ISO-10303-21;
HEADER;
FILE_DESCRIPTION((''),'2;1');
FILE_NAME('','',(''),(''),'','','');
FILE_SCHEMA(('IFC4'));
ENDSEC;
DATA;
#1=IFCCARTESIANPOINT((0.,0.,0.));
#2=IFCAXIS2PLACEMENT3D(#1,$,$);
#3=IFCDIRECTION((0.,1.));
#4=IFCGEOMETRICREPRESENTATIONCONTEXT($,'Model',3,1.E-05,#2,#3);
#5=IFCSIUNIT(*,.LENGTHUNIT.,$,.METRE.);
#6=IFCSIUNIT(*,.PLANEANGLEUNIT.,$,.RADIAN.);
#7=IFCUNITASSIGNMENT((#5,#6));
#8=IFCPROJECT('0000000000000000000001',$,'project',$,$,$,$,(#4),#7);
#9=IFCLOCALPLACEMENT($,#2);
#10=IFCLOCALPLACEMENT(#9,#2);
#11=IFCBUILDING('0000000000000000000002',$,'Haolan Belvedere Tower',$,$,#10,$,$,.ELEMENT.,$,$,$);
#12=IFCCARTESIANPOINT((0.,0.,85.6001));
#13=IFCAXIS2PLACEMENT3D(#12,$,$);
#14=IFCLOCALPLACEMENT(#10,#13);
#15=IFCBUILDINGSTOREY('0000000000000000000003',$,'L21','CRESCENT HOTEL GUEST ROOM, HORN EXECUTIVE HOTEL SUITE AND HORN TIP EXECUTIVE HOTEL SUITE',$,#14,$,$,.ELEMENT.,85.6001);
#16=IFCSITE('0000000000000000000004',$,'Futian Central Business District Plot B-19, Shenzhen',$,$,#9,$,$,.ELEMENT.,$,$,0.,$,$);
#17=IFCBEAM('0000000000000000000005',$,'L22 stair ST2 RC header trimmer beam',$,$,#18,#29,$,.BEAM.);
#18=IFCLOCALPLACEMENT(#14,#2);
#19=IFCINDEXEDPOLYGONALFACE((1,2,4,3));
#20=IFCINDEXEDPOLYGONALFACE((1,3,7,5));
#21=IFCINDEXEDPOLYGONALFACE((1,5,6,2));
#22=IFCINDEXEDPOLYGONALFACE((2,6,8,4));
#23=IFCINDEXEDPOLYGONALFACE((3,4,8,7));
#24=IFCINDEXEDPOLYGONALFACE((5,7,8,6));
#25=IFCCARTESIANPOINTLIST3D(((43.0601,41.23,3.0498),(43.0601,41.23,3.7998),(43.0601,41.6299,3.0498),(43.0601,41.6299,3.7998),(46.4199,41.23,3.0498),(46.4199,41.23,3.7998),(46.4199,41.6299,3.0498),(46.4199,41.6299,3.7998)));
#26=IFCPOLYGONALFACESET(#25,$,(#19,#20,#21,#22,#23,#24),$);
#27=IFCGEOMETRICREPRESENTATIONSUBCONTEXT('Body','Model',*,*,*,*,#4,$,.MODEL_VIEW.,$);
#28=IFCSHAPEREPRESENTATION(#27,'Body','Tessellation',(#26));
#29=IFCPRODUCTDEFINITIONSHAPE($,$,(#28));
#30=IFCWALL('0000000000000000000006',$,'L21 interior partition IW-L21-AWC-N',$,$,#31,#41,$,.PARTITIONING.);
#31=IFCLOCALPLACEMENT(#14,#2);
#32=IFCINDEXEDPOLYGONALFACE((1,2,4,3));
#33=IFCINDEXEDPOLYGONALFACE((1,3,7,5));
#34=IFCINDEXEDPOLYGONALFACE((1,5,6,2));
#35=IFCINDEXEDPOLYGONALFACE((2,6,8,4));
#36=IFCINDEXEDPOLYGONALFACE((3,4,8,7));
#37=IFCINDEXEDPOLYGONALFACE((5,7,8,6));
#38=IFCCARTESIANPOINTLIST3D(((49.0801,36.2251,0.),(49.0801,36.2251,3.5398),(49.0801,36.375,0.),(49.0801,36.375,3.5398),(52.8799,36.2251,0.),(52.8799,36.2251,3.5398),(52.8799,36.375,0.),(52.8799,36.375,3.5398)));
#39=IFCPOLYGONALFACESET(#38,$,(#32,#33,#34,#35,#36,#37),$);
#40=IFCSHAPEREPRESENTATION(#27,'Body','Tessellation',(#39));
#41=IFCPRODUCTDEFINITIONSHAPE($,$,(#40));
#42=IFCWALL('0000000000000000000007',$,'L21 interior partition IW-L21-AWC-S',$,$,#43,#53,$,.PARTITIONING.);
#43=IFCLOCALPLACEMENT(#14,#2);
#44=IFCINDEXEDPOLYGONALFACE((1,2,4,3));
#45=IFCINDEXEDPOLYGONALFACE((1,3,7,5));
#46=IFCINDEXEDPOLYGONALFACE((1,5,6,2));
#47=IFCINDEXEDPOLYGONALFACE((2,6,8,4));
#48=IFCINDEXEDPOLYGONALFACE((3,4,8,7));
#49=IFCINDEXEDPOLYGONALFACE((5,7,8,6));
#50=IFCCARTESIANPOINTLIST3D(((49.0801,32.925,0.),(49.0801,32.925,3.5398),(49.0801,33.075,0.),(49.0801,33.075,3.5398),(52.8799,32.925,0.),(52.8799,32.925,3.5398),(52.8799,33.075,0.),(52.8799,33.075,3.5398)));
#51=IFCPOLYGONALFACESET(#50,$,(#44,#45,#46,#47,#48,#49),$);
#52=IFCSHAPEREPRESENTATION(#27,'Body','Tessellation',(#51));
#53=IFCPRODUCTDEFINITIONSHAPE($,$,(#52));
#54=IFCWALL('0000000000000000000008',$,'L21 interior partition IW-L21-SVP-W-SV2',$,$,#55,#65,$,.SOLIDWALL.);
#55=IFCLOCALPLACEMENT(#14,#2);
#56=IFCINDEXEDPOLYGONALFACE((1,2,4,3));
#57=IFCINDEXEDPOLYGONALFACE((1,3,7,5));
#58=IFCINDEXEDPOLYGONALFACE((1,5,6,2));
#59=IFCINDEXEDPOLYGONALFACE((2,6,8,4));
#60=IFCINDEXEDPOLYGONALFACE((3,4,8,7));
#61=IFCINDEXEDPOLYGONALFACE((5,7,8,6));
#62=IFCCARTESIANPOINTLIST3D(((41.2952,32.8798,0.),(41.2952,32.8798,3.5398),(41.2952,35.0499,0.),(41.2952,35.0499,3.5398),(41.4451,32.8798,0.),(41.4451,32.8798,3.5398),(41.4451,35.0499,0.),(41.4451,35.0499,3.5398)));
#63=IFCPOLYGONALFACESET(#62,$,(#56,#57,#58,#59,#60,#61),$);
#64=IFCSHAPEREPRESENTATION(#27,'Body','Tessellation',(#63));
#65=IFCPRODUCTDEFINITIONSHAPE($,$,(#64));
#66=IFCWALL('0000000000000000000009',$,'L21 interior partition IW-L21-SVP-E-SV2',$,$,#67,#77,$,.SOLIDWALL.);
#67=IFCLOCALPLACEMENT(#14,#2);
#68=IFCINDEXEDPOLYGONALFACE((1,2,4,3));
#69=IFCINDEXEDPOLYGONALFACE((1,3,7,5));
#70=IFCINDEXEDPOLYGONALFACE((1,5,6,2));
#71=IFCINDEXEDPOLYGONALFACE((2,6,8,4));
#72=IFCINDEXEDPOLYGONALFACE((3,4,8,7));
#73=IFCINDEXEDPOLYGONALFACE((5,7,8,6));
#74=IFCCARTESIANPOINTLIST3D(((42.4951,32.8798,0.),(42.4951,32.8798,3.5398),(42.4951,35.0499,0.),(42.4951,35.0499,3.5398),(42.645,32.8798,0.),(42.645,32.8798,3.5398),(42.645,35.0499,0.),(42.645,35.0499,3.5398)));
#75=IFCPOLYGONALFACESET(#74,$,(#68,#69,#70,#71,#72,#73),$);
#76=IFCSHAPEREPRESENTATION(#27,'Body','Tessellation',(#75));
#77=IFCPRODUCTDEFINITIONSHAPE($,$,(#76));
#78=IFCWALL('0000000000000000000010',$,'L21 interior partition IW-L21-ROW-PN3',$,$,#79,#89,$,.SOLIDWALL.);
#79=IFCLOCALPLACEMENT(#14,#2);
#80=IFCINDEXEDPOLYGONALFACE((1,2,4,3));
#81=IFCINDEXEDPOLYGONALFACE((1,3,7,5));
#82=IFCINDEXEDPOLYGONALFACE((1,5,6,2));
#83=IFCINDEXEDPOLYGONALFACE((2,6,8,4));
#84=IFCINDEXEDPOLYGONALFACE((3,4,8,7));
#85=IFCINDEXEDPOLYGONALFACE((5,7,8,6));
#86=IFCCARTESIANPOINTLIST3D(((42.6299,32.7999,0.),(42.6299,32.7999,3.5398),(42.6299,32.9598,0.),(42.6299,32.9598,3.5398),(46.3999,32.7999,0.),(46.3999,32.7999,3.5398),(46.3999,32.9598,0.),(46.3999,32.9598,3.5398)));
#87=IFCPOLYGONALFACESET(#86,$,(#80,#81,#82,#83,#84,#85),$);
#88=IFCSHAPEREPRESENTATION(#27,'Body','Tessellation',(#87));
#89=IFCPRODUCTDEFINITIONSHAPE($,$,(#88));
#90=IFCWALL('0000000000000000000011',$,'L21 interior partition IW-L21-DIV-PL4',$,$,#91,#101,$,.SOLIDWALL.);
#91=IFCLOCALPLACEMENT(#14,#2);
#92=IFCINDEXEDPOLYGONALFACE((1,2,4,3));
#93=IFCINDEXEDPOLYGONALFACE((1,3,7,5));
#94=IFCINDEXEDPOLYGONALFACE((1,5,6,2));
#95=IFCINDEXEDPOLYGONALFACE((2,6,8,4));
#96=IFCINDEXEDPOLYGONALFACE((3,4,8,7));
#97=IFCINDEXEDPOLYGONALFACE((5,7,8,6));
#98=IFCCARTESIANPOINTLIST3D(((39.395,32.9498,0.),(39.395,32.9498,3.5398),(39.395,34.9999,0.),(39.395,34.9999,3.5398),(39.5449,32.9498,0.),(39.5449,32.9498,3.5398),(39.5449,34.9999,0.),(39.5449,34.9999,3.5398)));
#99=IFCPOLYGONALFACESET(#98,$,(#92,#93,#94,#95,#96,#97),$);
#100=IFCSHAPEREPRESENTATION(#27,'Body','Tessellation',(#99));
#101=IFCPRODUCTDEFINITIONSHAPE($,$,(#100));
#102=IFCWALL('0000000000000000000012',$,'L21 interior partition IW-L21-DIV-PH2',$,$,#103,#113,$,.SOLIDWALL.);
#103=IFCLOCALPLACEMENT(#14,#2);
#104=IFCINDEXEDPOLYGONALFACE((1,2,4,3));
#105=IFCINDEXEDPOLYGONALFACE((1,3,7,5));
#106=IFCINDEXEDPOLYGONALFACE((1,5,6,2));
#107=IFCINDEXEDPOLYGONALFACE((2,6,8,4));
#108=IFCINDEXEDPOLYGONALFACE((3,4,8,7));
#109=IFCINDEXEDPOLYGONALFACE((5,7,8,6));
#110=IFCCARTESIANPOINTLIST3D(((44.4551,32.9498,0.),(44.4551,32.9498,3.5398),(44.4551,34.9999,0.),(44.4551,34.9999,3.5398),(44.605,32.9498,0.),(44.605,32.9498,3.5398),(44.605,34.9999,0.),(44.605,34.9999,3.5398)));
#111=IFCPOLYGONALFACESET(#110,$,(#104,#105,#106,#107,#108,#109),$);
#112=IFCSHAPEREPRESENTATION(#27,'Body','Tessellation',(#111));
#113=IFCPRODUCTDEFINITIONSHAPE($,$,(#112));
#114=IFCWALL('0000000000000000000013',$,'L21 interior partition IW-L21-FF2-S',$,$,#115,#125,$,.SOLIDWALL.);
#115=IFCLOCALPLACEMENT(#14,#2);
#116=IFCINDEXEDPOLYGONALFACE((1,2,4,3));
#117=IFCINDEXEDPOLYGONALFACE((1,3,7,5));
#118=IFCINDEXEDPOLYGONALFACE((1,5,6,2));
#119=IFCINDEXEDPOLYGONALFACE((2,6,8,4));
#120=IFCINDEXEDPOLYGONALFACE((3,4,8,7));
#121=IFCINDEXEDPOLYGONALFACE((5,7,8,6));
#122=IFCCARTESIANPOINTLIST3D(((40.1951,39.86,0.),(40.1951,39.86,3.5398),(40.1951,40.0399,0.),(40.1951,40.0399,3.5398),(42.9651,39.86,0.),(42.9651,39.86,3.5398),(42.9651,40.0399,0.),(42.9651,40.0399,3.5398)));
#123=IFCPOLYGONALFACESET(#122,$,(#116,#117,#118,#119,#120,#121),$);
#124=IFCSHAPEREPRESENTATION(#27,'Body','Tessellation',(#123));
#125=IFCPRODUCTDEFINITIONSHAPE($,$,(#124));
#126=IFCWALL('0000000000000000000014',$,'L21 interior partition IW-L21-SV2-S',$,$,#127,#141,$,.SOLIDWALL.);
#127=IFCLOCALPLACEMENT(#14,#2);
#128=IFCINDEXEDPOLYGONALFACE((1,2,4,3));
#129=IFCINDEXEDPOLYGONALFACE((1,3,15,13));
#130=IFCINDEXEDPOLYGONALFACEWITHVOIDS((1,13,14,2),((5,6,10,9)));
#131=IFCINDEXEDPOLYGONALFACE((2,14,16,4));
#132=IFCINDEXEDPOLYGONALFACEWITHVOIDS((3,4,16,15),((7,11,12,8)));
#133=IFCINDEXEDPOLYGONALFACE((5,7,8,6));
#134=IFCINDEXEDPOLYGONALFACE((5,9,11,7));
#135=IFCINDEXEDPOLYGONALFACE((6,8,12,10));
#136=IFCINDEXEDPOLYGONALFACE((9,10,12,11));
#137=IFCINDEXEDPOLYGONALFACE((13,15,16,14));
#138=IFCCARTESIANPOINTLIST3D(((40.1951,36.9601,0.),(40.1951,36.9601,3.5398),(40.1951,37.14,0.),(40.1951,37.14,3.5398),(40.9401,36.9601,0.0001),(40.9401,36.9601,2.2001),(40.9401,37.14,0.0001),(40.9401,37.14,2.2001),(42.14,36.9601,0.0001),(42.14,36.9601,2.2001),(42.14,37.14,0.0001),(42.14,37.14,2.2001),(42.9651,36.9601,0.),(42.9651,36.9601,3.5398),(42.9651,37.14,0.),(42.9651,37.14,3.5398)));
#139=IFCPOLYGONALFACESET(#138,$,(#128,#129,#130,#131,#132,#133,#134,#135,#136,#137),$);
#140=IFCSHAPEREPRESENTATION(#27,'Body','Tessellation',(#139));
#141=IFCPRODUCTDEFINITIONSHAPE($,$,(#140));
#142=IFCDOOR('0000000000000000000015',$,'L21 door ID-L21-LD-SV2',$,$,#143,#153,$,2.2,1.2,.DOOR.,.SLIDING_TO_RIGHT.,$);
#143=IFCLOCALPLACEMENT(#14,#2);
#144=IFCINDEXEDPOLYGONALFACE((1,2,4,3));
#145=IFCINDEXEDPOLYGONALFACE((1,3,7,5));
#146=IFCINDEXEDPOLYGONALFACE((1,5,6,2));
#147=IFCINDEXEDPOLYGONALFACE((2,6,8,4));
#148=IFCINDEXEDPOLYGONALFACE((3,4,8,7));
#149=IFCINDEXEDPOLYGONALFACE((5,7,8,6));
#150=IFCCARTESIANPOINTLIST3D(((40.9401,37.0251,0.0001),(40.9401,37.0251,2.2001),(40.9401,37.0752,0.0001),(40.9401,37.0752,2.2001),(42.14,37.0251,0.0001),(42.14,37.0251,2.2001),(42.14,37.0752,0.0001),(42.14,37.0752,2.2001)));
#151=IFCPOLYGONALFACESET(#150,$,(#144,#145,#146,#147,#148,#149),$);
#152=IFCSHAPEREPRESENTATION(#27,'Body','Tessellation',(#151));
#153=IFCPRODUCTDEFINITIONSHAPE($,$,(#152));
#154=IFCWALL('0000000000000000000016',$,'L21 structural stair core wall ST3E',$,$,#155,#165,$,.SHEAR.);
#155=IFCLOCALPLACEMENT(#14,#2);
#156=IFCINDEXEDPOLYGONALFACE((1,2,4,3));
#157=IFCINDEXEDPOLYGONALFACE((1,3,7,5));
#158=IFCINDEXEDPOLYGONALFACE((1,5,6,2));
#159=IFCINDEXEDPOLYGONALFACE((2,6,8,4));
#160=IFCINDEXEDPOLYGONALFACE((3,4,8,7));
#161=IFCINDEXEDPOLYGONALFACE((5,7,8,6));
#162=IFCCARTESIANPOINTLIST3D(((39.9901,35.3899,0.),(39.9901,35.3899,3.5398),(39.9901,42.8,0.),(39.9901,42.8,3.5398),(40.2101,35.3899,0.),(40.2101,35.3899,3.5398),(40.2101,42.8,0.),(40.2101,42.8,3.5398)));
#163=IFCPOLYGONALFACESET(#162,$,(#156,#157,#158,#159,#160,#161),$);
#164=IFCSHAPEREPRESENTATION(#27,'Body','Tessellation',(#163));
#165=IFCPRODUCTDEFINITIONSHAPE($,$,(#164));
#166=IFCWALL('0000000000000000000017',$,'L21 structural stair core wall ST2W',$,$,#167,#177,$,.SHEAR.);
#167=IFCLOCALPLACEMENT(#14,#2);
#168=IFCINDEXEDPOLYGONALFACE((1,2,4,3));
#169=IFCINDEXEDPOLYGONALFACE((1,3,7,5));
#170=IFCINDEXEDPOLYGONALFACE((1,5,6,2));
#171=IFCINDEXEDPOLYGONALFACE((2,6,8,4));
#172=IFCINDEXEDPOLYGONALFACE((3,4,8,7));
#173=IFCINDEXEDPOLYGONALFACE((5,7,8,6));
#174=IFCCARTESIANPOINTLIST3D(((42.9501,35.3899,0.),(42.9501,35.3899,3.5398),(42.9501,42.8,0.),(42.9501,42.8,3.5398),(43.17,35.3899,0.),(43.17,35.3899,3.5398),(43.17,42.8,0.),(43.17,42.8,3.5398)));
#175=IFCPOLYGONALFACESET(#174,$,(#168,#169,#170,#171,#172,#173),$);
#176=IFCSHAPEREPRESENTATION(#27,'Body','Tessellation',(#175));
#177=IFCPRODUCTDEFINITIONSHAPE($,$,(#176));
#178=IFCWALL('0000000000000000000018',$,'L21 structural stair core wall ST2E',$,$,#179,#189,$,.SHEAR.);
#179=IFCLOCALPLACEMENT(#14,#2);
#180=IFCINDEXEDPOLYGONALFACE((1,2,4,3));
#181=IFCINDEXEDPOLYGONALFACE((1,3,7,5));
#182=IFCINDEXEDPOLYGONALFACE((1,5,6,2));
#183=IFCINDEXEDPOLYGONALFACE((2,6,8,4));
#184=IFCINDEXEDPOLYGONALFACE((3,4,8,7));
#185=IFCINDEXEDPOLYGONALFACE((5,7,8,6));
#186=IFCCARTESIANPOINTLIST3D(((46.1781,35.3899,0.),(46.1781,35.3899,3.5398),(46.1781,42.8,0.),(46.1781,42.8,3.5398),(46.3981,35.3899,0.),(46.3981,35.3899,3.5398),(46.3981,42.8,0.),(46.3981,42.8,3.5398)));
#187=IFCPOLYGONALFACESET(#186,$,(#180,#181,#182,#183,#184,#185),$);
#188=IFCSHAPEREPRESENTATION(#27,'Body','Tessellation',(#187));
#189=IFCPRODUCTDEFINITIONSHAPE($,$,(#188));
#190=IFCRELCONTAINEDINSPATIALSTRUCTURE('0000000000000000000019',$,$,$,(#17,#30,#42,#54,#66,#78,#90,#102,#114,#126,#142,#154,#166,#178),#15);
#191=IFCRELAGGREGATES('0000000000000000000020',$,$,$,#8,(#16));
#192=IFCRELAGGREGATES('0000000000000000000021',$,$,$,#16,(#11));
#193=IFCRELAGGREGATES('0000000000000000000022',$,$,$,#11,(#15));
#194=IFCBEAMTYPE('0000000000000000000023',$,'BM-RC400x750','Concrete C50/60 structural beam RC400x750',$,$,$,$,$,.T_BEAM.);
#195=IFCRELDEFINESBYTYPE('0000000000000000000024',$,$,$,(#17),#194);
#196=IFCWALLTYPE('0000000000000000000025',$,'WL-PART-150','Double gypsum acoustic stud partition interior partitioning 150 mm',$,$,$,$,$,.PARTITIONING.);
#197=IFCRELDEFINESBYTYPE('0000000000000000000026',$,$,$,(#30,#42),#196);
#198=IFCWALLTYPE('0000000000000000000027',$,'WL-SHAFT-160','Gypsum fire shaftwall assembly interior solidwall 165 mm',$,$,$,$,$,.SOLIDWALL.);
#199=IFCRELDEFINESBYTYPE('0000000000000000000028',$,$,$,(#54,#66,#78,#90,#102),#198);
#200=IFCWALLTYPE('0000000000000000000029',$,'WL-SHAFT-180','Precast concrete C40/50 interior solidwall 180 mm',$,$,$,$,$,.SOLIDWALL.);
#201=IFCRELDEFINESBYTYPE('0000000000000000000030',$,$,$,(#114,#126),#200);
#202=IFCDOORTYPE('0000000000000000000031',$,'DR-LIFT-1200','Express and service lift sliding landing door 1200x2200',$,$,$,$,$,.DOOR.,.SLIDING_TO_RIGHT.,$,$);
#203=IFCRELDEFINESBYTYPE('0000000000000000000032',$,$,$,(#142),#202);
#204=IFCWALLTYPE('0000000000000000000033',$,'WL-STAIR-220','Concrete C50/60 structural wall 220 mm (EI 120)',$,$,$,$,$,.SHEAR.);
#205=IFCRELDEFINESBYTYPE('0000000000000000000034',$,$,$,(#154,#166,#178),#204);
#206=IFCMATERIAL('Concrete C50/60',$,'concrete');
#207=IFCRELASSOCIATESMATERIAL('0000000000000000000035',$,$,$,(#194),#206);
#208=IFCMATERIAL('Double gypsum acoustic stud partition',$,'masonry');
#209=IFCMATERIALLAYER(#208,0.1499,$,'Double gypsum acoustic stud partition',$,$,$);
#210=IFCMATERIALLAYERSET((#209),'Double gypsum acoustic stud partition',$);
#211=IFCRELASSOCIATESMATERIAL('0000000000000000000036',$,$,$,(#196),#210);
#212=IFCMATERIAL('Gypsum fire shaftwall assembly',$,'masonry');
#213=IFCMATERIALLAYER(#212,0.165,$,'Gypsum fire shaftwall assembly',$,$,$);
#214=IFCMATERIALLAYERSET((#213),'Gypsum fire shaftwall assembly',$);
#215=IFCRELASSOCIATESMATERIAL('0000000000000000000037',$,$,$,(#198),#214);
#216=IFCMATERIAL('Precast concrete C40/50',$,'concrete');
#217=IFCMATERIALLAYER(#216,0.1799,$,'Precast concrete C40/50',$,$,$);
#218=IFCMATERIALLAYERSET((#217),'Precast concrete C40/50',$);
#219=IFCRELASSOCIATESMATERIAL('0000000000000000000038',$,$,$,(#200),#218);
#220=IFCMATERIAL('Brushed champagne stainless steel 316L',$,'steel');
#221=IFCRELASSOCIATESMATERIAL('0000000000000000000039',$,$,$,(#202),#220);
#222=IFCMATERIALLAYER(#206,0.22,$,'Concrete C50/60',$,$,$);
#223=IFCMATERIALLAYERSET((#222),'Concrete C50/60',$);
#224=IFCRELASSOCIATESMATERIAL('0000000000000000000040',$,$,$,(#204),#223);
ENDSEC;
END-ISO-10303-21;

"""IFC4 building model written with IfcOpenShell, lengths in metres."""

from ifc_helpers import new_model, si_unit, direction, frame, frame_2d, origin, origin_2d, place, context, subcontext, project, spatial, rectangle, extrude, material, layer, layer_set, material_profile, profile_set, type_object, element, fill, save


model = new_model("IFC4")

# Units and contexts
model_context = context("Model", 3, precision=1e-05, world=origin(), true_north=direction((0.0, 1.0)))
body_context = subcontext(model_context, "Body", "Model", "MODEL_VIEW")
ifc_project = project(units=[si_unit("LENGTHUNIT", "METRE"), si_unit("PLANEANGLEUNIT", "RADIAN")], contexts=[model_context])

# Site, building, storey
site_placement = place(None, origin())
site = spatial("IfcSite", under=ifc_project, at=site_placement, Name="Futian Central Business District Plot B-19, Shenzhen", CompositionType="ELEMENT", RefElevation=0.0)
building_placement = place(site_placement, origin())
building = spatial("IfcBuilding", under=site, at=building_placement, Name="Haolan Belvedere Tower", CompositionType="ELEMENT")
storey_placement = place(building_placement, frame((0.0, 0.0, 85.6001)))
storey = spatial("IfcBuildingStorey", under=building, at=storey_placement, Name="L21", Description="CRESCENT HOTEL GUEST ROOM, HORN EXECUTIVE HOTEL SUITE AND HORN TIP EXECUTIVE HOTEL SUITE", CompositionType="ELEMENT", Elevation=85.6001)

# Beam
ifc_material_1 = material(Name="Concrete C50/60", Category="concrete")
ifc_material_profile = material_profile(ifc_material_1, rectangle(XDim=0.3999, YDim=0.75, at=origin_2d()), Name="Concrete C50/60")
ifc_profile_set = profile_set([ifc_material_profile], Name="Concrete C50/60")
beam_type = type_object("IfcBeamType", Name="BM-RC400x750", Description="Concrete C50/60 structural beam RC400x750", PredefinedType="T_BEAM", material=ifc_profile_set)
beam_placement = place(storey_placement, frame((43.0601, 41.4299, 3.4248), z_axis=(1.0, 0.0, 0.0), x_axis=(0.0, 1.0, 0.0)))
element("IfcBeam", 1, at=beam_placement, inside=storey, type_object=beam_type, Name="L22 stair ST2 RC header trimmer beam", PredefinedType="BEAM", context=body_context, shape_type="SweptSolid", body=[
    extrude(rectangle(XDim=0.3999, YDim=0.75, at=origin_2d()), origin(), (0.0, 0.0, 1.0), 3.3599),
])

# Walls
ifc_material_2 = material(Name="Double gypsum acoustic stud partition", Category="masonry")
ifc_layer_1 = layer(ifc_material_2, 0.1499, Name="Double gypsum acoustic stud partition")
ifc_layer_set_1 = layer_set([ifc_layer_1], Name="Double gypsum acoustic stud partition")
wall_type_1 = type_object("IfcWallType", Name="WL-PART-150", Description="Double gypsum acoustic stud partition interior partitioning 150 mm", PredefinedType="PARTITIONING", material=ifc_layer_set_1)
for number, where, z_axis, x_axis, name in (
    (2, (49.0801, 36.3, 0.0), (0.0, 0.0, 1.0), (1.0, 0.0, 0.0), "L21 interior partition IW-L21-AWC-N"),
    (3, (49.0801, 33.0, 0.0), (0.0, 0.0, 1.0), (1.0, 0.0, 0.0), "L21 interior partition IW-L21-AWC-S"),
):
    element("IfcWall", number, at=place(storey_placement, frame(where, z_axis=z_axis, x_axis=x_axis)), inside=storey, type_object=wall_type_1, Name=name, PredefinedType="PARTITIONING", context=body_context, shape_type="SweptSolid", body=[
        extrude(rectangle(XDim=3.7998, YDim=0.1499, at=frame_2d((1.8999, 0.0))), origin(), (0.0, 0.0, 1.0), 3.5398),
    ])
ifc_material_3 = material(Name="Gypsum fire shaftwall assembly", Category="masonry")
ifc_layer_2 = layer(ifc_material_3, 0.165, Name="Gypsum fire shaftwall assembly")
ifc_layer_set_2 = layer_set([ifc_layer_2], Name="Gypsum fire shaftwall assembly")
wall_type_2 = type_object("IfcWallType", Name="WL-SHAFT-160", Description="Gypsum fire shaftwall assembly interior solidwall 165 mm", PredefinedType="SOLIDWALL", material=ifc_layer_set_2)
for number, where, z_axis, x_axis, name in (
    (4, (41.3701, 32.8799, 0.0), (0.0, 0.0, 1.0), (0.0, 1.0, 0.0), "L21 interior partition IW-L21-SVP-W-SV2"),
    (5, (42.5701, 32.8799, 0.0), (0.0, 0.0, 1.0), (0.0, 1.0, 0.0), "L21 interior partition IW-L21-SVP-E-SV2"),
):
    element("IfcWall", number, at=place(storey_placement, frame(where, z_axis=z_axis, x_axis=x_axis)), inside=storey, type_object=wall_type_2, Name=name, PredefinedType="SOLIDWALL", context=body_context, shape_type="SweptSolid", body=[
        extrude(rectangle(XDim=2.1702, YDim=0.1499, at=frame_2d((1.085, 0.0))), origin(), (0.0, 0.0, 1.0), 3.5398),
    ])
wall_1_placement = place(storey_placement, frame((42.6299, 32.8799, 0.0), z_axis=(0.0, 0.0, 1.0), x_axis=(1.0, 0.0, 0.0)))
element("IfcWall", 6, at=wall_1_placement, inside=storey, type_object=wall_type_2, Name="L21 interior partition IW-L21-ROW-PN3", PredefinedType="SOLIDWALL", context=body_context, shape_type="SweptSolid", body=[
    extrude(rectangle(XDim=3.77, YDim=0.1599, at=frame_2d((1.885, 0.0))), origin(), (0.0, 0.0, 1.0), 3.5398),
])
for number, where, z_axis, x_axis, name in (
    (7, (39.47, 32.95, 0.0), (0.0, 0.0, 1.0), (0.0, 1.0, 0.0), "L21 interior partition IW-L21-DIV-PL4"),
    (8, (44.53, 32.95, 0.0), (0.0, 0.0, 1.0), (0.0, 1.0, 0.0), "L21 interior partition IW-L21-DIV-PH2"),
):
    element("IfcWall", number, at=place(storey_placement, frame(where, z_axis=z_axis, x_axis=x_axis)), inside=storey, type_object=wall_type_2, Name=name, PredefinedType="SOLIDWALL", context=body_context, shape_type="SweptSolid", body=[
        extrude(rectangle(XDim=2.05, YDim=0.1499, at=frame_2d((1.0249, 0.0))), origin(), (0.0, 0.0, 1.0), 3.5398),
    ])
ifc_material_4 = material(Name="Precast concrete C40/50", Category="concrete")
ifc_layer_3 = layer(ifc_material_4, 0.1799, Name="Precast concrete C40/50")
ifc_layer_set_3 = layer_set([ifc_layer_3], Name="Precast concrete C40/50")
wall_type_3 = type_object("IfcWallType", Name="WL-SHAFT-180", Description="Precast concrete C40/50 interior solidwall 180 mm", PredefinedType="SOLIDWALL", material=ifc_layer_set_3)
wall_2_placement = place(storey_placement, frame((40.1951, 39.95, 0.0), z_axis=(0.0, 0.0, 1.0), x_axis=(1.0, 0.0, 0.0)))
element("IfcWall", 9, at=wall_2_placement, inside=storey, type_object=wall_type_3, Name="L21 interior partition IW-L21-FF2-S", PredefinedType="SOLIDWALL", context=body_context, shape_type="SweptSolid", body=[
    extrude(rectangle(XDim=2.77, YDim=0.1799, at=frame_2d((1.385, 0.0))), origin(), (0.0, 0.0, 1.0), 3.5398),
])

# Wall, opening, door
wall_3_placement = place(storey_placement, frame((40.1951, 37.05, 0.0), z_axis=(0.0, 0.0, 1.0), x_axis=(1.0, 0.0, 0.0)))
wall_3 = element("IfcWall", 10, at=wall_3_placement, inside=storey, type_object=wall_type_3, Name="L21 interior partition IW-L21-SV2-S", PredefinedType="SOLIDWALL", context=body_context, shape_type="SweptSolid", body=[
    extrude(rectangle(XDim=2.77, YDim=0.1799, at=frame_2d((1.385, 0.0))), origin(), (0.0, 0.0, 1.0), 3.5398),
])
opening_placement = place(wall_3_placement, frame((1.9451, 0.0, 0.0), z_axis=(0.0, 0.0, 1.0), x_axis=(-1.0, 0.0, 0.0)))
opening = element("IfcOpeningElement", 11, at=opening_placement, cuts=wall_3, PredefinedType="OPENING", context=body_context, shape_type="SweptSolid", body=[
    extrude(rectangle(XDim=1.2, YDim=2.2, at=frame_2d((0.6001, 1.1001))), frame((0.0, 0.0999, 0.0), z_axis=(0.0, -1.0, 0.0), x_axis=(1.0, 0.0, 0.0)), (0.0, 0.0, 1.0), 0.2),
])
ifc_material_5 = material(Name="Brushed champagne stainless steel 316L", Category="steel")
door_type = type_object("IfcDoorType", Name="DR-LIFT-1200", Description="Express and service lift sliding landing door 1200x2200", OperationType="SLIDING_TO_RIGHT", PredefinedType="DOOR", material=ifc_material_5)
door_placement = place(opening_placement, origin())
door = element("IfcDoor", 12, at=door_placement, inside=storey, type_object=door_type, Name="L21 door ID-L21-LD-SV2", OperationType="SLIDING_TO_RIGHT", OverallHeight=2.2, OverallWidth=1.2, PredefinedType="DOOR", context=body_context, shape_type="SweptSolid", body=[
    extrude(rectangle(XDim=1.2, YDim=2.2, at=frame_2d((0.6001, 1.1001))), frame((0.0, 0.0249, 0.0), z_axis=(0.0, -1.0, 0.0), x_axis=(1.0, 0.0, 0.0)), (0.0, 0.0, 1.0), 0.05),
])
fill(opening, door)

# Walls
ifc_layer_4 = layer(ifc_material_1, 0.22, Name="Concrete C50/60")
ifc_layer_set_4 = layer_set([ifc_layer_4], Name="Concrete C50/60")
wall_type_4 = type_object("IfcWallType", Name="WL-STAIR-220", Description="Concrete C50/60 structural wall 220 mm (EI 120)", PredefinedType="SHEAR", material=ifc_layer_set_4)
for number, where, z_axis, x_axis, name in (
    (13, (40.1001, 35.3899, 0.0), (0.0, 0.0, 1.0), (0.0, 1.0, 0.0), "L21 structural stair core wall ST3E"),
    (14, (43.0601, 35.3899, 0.0), (0.0, 0.0, 1.0), (0.0, 1.0, 0.0), "L21 structural stair core wall ST2W"),
    (15, (46.2881, 35.3899, 0.0), (0.0, 0.0, 1.0), (0.0, 1.0, 0.0), "L21 structural stair core wall ST2E"),
):
    element("IfcWall", number, at=place(storey_placement, frame(where, z_axis=z_axis, x_axis=x_axis)), inside=storey, type_object=wall_type_4, Name=name, PredefinedType="SHEAR", context=body_context, shape_type="SweptSolid", body=[
        extrude(rectangle(XDim=7.4102, YDim=0.22, at=frame_2d((3.7051, 0.0))), origin(), (0.0, 0.0, 1.0), 3.5398),
    ])

save(model, "model.ifc")
